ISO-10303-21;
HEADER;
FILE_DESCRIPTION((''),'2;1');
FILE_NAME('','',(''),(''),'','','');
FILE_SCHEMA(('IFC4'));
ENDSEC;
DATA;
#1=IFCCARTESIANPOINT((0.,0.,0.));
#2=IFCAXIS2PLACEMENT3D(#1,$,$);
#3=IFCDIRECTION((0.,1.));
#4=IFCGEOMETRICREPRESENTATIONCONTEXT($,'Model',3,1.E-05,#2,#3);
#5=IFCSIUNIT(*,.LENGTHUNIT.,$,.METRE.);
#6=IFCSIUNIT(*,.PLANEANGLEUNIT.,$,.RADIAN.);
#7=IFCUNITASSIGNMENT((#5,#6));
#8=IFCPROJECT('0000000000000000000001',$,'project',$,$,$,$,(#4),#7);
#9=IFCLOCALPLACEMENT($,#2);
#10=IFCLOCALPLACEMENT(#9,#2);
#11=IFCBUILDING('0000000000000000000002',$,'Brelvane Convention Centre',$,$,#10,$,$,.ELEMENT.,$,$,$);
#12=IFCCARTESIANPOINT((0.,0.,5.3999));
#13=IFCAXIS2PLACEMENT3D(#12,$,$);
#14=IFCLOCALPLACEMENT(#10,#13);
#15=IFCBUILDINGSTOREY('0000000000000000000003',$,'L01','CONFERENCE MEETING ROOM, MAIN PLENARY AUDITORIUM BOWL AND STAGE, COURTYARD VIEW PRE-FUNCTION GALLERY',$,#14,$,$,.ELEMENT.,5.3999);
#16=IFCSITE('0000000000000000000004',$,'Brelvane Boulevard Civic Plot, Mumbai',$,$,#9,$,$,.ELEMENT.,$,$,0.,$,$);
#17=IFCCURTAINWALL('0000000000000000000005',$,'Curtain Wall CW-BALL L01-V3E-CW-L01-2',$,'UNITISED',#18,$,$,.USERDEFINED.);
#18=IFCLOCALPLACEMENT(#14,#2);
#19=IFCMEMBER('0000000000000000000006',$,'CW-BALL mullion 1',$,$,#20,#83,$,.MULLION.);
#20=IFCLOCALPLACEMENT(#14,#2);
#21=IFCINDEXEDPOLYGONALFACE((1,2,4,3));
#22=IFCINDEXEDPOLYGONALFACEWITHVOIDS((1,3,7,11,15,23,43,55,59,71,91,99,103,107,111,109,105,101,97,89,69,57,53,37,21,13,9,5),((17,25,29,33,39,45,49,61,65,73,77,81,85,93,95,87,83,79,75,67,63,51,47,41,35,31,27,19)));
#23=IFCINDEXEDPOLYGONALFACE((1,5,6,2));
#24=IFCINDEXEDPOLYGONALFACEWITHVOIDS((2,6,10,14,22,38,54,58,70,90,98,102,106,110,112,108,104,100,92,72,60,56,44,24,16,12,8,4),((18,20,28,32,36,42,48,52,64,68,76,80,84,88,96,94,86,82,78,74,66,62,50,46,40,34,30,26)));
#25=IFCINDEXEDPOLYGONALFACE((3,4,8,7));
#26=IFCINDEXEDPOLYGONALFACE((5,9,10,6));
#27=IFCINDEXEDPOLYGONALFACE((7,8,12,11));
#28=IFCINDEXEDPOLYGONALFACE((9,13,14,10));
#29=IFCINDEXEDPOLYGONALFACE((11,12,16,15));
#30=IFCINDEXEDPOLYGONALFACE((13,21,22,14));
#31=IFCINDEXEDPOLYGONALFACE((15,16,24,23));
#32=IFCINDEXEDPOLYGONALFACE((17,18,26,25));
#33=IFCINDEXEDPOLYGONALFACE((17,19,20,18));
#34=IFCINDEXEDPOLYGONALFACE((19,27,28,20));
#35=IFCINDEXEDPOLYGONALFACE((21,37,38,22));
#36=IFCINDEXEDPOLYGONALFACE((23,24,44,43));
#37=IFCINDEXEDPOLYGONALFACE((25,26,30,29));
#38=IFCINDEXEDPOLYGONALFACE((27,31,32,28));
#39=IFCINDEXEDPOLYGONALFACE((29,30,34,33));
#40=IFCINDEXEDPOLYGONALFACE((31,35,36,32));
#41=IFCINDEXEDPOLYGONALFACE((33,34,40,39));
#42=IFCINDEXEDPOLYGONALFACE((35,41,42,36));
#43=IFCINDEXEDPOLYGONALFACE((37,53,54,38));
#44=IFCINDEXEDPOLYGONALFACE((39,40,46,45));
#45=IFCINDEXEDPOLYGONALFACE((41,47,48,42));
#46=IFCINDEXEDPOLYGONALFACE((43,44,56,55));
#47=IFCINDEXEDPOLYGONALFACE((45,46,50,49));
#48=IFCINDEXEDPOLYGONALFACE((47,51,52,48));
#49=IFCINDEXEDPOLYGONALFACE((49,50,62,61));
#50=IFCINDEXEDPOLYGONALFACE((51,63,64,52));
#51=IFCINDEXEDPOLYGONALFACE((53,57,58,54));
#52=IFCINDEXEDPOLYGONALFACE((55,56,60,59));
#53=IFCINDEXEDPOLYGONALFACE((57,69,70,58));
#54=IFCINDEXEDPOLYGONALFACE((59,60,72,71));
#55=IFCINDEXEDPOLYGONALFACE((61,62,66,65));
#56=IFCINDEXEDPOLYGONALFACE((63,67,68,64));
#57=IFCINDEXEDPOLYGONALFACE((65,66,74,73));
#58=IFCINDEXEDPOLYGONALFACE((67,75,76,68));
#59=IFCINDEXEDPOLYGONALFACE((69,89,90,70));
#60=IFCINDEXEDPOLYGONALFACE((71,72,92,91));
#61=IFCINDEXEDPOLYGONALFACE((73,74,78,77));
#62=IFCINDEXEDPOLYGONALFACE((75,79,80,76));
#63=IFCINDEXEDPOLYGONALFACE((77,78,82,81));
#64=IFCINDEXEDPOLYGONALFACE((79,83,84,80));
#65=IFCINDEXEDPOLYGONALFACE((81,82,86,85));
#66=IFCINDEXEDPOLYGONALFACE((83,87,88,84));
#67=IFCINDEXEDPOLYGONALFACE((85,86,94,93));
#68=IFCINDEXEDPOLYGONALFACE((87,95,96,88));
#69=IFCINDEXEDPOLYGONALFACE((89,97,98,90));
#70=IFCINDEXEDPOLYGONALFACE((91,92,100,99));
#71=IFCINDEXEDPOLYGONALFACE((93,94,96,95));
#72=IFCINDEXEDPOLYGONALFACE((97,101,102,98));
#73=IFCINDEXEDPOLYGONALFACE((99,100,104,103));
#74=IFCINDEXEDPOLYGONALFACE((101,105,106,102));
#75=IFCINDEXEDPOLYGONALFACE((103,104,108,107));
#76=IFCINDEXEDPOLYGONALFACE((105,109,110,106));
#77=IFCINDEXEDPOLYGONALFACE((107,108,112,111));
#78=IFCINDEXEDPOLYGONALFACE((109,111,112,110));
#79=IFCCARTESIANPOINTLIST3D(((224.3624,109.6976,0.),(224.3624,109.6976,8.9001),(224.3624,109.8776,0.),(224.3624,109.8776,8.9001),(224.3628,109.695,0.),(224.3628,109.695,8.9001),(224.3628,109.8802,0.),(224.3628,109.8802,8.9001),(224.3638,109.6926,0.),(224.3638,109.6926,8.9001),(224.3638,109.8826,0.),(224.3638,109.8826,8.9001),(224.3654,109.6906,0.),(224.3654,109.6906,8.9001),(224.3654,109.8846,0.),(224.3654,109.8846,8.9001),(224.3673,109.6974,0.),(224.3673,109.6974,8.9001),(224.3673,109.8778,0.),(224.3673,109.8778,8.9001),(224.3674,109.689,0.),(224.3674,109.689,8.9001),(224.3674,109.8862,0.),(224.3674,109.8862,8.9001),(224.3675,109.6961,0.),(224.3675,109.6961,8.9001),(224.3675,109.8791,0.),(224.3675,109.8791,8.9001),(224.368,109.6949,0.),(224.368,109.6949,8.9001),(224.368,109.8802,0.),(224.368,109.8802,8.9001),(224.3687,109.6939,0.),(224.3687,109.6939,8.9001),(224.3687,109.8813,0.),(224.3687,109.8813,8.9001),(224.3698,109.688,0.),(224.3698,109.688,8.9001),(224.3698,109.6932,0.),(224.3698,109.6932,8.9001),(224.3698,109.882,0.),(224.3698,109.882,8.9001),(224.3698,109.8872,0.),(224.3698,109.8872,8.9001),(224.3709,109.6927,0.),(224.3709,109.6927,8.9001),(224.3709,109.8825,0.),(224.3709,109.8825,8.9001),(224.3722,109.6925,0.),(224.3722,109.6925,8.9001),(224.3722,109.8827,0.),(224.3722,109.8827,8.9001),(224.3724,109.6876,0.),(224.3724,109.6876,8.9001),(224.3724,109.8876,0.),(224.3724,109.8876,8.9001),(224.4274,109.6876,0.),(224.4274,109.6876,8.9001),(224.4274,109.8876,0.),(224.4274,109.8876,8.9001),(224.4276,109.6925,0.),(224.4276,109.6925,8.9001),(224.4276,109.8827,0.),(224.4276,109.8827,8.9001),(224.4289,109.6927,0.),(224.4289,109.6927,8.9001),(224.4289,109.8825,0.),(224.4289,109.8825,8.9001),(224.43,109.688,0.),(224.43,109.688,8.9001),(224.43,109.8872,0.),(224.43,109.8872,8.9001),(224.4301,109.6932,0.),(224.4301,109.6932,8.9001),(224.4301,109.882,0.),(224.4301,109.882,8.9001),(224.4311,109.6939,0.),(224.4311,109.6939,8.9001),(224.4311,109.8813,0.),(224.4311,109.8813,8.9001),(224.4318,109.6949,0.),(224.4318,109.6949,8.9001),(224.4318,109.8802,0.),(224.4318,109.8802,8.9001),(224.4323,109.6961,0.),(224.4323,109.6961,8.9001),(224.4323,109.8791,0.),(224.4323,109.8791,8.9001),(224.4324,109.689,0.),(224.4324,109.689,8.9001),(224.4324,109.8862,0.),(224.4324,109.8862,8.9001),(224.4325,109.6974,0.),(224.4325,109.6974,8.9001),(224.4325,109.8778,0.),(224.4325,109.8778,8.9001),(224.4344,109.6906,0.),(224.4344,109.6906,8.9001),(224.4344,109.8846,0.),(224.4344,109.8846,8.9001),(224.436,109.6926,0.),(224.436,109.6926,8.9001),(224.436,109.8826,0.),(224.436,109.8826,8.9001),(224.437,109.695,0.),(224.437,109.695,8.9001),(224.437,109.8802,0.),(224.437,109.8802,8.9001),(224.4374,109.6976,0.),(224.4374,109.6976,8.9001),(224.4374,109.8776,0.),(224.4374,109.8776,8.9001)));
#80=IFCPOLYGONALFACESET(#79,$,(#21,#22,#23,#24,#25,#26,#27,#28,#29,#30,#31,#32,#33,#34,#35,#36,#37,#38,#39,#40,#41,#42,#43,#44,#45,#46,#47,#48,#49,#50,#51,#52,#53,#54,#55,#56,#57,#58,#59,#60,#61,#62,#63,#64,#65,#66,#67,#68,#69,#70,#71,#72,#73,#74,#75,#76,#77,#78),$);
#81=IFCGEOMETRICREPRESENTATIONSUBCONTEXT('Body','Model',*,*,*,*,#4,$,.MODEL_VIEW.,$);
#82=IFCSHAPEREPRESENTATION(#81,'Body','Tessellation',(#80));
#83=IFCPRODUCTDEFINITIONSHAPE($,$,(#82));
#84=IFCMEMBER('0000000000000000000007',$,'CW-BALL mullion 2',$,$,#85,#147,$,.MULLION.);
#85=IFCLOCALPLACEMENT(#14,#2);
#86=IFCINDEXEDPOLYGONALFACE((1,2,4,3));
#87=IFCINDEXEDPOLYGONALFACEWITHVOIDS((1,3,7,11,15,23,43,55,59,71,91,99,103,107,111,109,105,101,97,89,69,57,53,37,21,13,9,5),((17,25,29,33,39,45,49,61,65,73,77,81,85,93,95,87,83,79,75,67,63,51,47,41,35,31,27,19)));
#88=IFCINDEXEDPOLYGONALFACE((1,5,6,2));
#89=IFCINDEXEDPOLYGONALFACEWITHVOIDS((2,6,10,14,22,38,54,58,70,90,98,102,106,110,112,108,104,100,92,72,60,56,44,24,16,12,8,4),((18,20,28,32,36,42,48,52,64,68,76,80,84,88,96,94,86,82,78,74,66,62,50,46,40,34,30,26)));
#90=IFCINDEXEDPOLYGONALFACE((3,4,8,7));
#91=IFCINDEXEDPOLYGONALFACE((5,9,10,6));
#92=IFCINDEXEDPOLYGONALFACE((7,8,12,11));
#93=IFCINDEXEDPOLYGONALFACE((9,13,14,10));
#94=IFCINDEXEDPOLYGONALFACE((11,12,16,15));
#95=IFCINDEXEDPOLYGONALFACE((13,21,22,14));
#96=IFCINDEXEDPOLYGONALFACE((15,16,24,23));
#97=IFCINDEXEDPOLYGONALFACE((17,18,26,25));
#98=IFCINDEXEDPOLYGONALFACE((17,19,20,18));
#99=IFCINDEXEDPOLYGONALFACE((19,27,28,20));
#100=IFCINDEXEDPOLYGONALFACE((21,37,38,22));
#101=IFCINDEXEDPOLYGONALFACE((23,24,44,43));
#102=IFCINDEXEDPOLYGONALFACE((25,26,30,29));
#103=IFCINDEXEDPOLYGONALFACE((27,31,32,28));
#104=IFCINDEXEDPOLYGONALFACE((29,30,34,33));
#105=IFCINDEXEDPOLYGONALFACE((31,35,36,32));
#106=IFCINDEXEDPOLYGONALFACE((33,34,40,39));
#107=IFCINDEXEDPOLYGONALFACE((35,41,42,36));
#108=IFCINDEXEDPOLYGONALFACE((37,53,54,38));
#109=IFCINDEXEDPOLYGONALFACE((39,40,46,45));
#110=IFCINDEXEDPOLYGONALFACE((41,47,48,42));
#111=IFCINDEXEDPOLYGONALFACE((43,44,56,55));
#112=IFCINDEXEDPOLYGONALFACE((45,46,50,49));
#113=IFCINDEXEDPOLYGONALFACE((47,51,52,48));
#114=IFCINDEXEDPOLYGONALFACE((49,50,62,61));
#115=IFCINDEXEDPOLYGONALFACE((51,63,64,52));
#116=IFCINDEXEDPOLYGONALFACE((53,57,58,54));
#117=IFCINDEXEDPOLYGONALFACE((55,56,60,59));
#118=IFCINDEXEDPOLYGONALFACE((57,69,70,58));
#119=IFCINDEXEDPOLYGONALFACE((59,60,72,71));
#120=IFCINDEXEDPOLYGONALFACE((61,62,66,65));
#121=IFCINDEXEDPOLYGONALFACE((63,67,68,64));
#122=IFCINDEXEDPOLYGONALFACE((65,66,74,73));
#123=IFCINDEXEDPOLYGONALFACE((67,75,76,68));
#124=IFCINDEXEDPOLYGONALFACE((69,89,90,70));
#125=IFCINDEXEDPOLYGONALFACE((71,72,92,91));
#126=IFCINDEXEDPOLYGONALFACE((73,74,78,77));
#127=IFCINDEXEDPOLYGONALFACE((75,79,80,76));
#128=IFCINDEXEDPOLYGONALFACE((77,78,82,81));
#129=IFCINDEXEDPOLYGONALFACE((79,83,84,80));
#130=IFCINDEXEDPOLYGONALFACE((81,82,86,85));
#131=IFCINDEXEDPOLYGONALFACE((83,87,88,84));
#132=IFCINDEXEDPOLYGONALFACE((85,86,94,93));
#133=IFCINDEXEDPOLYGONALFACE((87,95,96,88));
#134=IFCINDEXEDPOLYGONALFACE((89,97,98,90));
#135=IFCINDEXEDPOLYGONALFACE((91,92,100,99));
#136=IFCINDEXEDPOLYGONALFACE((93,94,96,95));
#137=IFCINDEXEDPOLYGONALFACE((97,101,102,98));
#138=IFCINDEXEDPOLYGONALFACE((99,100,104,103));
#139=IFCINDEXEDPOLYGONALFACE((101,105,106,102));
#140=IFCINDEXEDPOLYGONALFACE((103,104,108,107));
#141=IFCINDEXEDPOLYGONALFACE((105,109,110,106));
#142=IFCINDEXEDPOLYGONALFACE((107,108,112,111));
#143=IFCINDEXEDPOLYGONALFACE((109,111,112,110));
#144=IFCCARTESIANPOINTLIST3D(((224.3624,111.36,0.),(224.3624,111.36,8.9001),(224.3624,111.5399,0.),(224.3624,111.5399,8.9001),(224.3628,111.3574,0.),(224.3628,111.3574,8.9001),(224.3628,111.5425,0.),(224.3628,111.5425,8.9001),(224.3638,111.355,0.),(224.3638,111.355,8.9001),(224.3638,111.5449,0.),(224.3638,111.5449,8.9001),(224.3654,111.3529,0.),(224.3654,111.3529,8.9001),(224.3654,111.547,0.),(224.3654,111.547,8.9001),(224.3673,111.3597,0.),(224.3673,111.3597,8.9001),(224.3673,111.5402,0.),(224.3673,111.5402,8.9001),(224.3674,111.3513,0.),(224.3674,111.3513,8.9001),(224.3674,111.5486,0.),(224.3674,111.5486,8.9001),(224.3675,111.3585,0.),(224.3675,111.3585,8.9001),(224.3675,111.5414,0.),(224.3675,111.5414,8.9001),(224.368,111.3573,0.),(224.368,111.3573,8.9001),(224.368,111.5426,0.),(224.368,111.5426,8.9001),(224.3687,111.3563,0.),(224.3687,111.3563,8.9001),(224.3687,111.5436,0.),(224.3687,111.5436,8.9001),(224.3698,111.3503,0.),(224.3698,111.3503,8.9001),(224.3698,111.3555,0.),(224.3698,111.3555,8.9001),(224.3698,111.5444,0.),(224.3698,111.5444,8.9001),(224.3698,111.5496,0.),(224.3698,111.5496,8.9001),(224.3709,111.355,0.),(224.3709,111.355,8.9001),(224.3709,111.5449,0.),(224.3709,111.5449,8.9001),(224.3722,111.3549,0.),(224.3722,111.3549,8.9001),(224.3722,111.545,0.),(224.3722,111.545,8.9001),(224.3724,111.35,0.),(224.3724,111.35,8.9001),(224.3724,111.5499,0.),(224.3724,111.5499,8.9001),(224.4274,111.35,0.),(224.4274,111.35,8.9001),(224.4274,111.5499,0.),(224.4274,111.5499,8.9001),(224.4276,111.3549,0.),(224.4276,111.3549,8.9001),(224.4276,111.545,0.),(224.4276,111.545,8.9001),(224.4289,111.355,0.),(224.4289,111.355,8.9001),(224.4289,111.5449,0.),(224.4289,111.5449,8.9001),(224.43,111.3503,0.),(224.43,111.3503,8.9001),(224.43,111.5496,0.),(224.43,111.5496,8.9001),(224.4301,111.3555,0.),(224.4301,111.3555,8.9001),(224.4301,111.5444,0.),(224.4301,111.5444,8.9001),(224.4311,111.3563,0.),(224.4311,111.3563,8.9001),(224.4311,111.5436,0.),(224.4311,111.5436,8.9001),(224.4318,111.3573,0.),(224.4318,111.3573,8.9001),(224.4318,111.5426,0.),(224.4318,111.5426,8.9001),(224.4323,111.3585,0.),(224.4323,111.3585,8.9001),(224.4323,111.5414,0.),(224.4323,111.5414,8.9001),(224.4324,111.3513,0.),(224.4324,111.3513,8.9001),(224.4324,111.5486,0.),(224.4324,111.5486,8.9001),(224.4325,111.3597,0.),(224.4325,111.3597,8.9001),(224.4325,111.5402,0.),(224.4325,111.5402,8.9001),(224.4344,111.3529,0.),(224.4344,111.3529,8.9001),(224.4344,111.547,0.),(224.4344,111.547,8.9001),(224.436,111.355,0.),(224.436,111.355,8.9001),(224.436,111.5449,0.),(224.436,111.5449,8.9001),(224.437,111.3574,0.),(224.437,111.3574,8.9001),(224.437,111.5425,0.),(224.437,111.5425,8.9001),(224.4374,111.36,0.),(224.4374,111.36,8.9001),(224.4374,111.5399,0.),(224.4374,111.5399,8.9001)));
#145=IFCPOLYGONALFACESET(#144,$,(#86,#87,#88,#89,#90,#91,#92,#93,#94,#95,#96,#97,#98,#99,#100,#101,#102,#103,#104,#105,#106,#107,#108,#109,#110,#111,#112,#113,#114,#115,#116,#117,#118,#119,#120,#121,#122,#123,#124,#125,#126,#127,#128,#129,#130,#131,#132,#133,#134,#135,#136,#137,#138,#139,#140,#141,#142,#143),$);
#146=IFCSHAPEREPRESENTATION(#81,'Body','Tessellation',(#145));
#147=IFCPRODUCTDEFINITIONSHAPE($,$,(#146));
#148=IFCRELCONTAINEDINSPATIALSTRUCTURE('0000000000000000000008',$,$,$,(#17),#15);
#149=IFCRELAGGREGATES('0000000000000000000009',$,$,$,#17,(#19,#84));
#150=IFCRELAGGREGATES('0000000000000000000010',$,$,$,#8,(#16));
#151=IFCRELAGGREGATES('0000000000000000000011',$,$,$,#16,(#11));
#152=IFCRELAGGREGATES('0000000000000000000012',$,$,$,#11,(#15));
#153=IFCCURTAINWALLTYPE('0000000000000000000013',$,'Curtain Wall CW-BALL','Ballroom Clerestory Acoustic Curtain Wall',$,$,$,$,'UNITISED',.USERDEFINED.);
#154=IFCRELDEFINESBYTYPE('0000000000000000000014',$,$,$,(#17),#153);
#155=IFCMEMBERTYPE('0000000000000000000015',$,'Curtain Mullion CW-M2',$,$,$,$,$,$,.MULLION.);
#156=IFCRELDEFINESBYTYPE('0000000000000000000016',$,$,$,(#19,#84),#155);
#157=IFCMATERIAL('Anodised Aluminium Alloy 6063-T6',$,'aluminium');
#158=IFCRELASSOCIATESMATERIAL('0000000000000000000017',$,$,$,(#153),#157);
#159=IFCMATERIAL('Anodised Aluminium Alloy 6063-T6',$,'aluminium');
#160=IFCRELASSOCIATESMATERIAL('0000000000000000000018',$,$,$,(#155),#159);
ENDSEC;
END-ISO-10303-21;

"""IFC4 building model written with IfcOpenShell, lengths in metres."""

from ifc_helpers import new_model, si_unit, direction, frame, origin, origin_2d, place, context, subcontext, project, spatial, hollow_rectangle, extrude, material, material_profile, profile_set, type_object, element, aggregate, save


model = new_model("IFC4")

# Units and contexts
model_context = context("Model", 3, precision=1e-05, world=origin(), true_north=direction((0.0, 1.0)))
body_context = subcontext(model_context, "Body", "Model", "MODEL_VIEW")
ifc_project = project(units=[si_unit("LENGTHUNIT", "METRE"), si_unit("PLANEANGLEUNIT", "RADIAN")], contexts=[model_context])

# Site, building, storey
site_placement = place(None, origin())
site = spatial("IfcSite", under=ifc_project, at=site_placement, Name="Brelvane Boulevard Civic Plot, Mumbai", CompositionType="ELEMENT", RefElevation=0.0)
building_placement = place(site_placement, origin())
building = spatial("IfcBuilding", under=site, at=building_placement, Name="Brelvane Convention Centre", CompositionType="ELEMENT")
storey_placement = place(building_placement, frame((0.0, 0.0, 5.3999)))
storey = spatial("IfcBuildingStorey", under=building, at=storey_placement, Name="L01", Description="CONFERENCE MEETING ROOM, MAIN PLENARY AUDITORIUM BOWL AND STAGE, COURTYARD VIEW PRE-FUNCTION GALLERY", CompositionType="ELEMENT", Elevation=5.3999)

# Curtain wall, members
ifc_material_1 = material(Name="Anodised Aluminium Alloy 6063-T6", Category="aluminium")
curtain_wall_type = type_object("IfcCurtainWallType", Name="Curtain Wall CW-BALL", Description="Ballroom Clerestory Acoustic Curtain Wall", ElementType="UNITISED", PredefinedType="USERDEFINED", material=ifc_material_1)
curtain_wall_placement = place(storey_placement, origin())
curtain_wall = element("IfcCurtainWall", 1, at=curtain_wall_placement, inside=storey, type_object=curtain_wall_type, Name="Curtain Wall CW-BALL L01-V3E-CW-L01-2", ObjectType="UNITISED", PredefinedType="USERDEFINED")
ifc_material_2 = material(Name="Anodised Aluminium Alloy 6063-T6", Category="aluminium")
ifc_material_profile_1 = material_profile(ifc_material_2, hollow_rectangle(XDim=0.075, YDim=0.2, WallThickness=0.0049, InnerFilletRadius=0.0049, OuterFilletRadius=0.01, at=origin_2d()), Name="ALU-M 200x75x5.0")
ifc_profile_set_1 = profile_set([ifc_material_profile_1], Name="Anodised Aluminium Alloy 6063-T6")
member_type_1 = type_object("IfcMemberType", Name="Curtain Mullion CW-M2", PredefinedType="MULLION", material=ifc_profile_set_1)
member_1_placement = place(storey_placement, frame((224.3999, 109.7876, 0.0), z_axis=(0.0, 0.0, 1.0), x_axis=(-1.0, 0.0, 0.0)))
member_1 = element("IfcMember", 2, at=member_1_placement, type_object=member_type_1, Name="CW-BALL mullion 1", PredefinedType="MULLION", context=body_context, shape_type="SweptSolid", body=[
    extrude(hollow_rectangle(XDim=0.075, YDim=0.2, WallThickness=0.0049, InnerFilletRadius=0.0049, OuterFilletRadius=0.01, at=origin_2d()), origin(), (0.0, 0.0, 1.0), 8.9001),
])
member_2_placement = place(storey_placement, frame((224.3999, 111.45, 0.0), z_axis=(0.0, 0.0, 1.0), x_axis=(-1.0, 0.0, 0.0)))
member_2 = element("IfcMember", 3, at=member_2_placement, type_object=member_type_1, Name="CW-BALL mullion 2", PredefinedType="MULLION", context=body_context, shape_type="SweptSolid", body=[
    extrude(hollow_rectangle(XDim=0.075, YDim=0.2, WallThickness=0.0049, InnerFilletRadius=0.0049, OuterFilletRadius=0.01, at=origin_2d()), origin(), (0.0, 0.0, 1.0), 8.9001),
])
aggregate(curtain_wall, [member_1, member_2])

save(model, "model.ifc")
